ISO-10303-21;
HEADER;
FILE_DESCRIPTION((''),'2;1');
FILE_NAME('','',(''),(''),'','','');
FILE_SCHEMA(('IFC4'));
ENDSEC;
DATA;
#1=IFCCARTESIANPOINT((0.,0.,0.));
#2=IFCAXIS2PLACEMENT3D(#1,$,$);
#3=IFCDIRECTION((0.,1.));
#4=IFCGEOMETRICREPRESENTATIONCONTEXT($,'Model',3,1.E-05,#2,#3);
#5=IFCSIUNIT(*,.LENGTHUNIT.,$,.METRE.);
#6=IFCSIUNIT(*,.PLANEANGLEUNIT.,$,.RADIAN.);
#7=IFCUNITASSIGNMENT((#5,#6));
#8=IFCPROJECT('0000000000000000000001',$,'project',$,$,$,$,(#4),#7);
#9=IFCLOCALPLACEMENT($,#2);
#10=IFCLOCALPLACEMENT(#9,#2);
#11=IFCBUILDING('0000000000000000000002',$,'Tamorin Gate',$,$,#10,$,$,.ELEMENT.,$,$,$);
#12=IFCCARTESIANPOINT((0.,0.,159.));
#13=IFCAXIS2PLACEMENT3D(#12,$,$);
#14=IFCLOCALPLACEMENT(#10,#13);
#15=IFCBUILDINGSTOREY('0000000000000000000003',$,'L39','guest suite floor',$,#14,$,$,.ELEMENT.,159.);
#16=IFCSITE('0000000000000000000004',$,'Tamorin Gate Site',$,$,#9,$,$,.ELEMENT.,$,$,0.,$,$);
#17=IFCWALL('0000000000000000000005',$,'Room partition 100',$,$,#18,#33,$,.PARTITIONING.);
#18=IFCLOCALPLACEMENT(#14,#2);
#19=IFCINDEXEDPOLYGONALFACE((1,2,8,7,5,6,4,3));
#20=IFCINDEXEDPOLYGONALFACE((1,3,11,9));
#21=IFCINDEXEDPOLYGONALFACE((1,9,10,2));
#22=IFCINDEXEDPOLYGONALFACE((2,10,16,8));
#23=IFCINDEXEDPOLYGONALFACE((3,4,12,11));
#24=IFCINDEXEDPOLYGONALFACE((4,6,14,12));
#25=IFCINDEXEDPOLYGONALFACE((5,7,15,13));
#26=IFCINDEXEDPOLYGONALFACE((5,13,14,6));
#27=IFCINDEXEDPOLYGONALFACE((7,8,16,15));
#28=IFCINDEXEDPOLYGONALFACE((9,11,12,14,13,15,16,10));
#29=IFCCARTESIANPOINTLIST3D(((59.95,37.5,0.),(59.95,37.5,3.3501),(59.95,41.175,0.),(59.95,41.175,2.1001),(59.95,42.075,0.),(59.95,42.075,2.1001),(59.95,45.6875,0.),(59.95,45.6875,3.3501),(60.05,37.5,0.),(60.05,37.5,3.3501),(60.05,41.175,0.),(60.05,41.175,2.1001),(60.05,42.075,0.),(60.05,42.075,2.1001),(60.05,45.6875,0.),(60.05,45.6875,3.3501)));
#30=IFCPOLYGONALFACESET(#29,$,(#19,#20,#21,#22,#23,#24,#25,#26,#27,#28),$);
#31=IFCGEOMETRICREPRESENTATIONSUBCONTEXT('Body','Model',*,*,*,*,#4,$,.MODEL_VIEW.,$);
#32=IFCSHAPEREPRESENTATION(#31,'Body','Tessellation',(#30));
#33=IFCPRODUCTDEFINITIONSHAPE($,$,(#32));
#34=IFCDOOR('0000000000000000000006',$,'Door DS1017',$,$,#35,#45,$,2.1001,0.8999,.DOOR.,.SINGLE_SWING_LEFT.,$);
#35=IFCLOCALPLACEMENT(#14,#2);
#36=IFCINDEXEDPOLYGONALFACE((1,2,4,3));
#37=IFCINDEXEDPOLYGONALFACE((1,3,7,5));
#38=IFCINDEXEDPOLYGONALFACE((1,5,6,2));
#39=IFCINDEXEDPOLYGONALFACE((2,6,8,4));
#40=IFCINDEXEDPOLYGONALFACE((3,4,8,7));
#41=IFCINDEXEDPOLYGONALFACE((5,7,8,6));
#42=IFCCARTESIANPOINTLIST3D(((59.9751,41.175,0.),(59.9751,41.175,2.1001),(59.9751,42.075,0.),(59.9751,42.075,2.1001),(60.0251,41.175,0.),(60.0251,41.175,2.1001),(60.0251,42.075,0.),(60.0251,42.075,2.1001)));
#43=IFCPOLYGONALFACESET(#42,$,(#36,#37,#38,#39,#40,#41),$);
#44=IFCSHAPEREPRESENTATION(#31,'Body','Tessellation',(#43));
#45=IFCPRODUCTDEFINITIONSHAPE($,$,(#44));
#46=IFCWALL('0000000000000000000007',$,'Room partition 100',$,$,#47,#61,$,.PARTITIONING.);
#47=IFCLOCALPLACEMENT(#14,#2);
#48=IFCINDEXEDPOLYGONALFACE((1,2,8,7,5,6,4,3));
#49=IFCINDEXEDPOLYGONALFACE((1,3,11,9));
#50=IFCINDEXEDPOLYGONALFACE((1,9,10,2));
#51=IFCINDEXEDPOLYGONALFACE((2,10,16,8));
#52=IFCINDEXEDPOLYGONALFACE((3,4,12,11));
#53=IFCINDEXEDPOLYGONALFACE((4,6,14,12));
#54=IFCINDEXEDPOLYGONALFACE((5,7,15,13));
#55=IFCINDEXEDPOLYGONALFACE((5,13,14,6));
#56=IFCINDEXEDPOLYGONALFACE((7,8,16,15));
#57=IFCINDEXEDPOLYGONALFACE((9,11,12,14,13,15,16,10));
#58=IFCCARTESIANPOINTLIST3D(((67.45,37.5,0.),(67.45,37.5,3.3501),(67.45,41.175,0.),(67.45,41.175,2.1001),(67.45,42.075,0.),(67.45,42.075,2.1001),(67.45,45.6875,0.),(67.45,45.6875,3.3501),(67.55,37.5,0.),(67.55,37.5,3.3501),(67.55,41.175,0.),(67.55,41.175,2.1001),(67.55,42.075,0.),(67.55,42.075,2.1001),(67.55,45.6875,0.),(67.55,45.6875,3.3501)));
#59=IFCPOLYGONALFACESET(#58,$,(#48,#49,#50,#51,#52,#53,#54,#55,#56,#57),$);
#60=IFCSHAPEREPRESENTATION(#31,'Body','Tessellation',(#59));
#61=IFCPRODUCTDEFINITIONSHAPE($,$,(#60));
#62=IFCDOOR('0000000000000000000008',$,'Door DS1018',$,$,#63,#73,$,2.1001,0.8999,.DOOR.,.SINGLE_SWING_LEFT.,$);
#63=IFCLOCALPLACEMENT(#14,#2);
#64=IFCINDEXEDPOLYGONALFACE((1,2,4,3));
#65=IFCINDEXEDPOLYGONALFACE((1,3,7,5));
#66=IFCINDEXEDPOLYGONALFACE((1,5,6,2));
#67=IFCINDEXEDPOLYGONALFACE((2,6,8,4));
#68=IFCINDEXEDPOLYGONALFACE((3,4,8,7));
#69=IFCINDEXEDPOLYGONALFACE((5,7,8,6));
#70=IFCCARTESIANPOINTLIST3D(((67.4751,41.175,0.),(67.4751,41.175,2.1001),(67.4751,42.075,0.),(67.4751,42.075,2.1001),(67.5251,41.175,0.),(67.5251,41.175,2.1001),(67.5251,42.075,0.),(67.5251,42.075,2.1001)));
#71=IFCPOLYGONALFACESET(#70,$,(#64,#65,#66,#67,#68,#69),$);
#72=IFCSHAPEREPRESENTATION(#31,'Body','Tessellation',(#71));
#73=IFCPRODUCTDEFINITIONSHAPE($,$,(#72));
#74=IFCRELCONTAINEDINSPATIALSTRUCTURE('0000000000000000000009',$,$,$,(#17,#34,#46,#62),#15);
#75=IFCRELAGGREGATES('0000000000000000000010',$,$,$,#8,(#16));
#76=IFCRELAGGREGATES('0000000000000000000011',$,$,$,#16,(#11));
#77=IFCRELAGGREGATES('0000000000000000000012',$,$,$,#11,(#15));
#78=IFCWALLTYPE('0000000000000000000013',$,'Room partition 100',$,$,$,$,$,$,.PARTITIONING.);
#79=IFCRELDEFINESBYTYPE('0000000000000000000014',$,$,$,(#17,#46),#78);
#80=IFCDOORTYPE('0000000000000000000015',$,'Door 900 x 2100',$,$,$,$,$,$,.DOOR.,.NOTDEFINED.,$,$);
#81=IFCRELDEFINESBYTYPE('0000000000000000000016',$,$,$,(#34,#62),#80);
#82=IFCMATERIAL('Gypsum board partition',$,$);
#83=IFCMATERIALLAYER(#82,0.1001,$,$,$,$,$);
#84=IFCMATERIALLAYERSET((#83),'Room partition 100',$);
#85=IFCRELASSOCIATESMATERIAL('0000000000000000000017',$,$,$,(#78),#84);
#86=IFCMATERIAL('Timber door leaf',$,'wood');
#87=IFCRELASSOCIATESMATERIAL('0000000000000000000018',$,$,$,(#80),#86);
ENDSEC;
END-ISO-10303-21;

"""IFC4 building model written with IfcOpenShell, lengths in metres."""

from ifc_helpers import new_model, si_unit, direction, frame, frame_2d, origin, place, context, subcontext, project, spatial, rectangle, extrude, material, layer, layer_set, type_object, element, fill, save


model = new_model("IFC4")

# Units and contexts
model_context = context("Model", 3, precision=1e-05, world=origin(), true_north=direction((0.0, 1.0)))
body_context = subcontext(model_context, "Body", "Model", "MODEL_VIEW")
ifc_project = project(units=[si_unit("LENGTHUNIT", "METRE"), si_unit("PLANEANGLEUNIT", "RADIAN")], contexts=[model_context])

# Site, building, storey
site_placement = place(None, origin())
site = spatial("IfcSite", under=ifc_project, at=site_placement, Name="Tamorin Gate Site", CompositionType="ELEMENT", RefElevation=0.0)
building_placement = place(site_placement, origin())
building = spatial("IfcBuilding", under=site, at=building_placement, Name="Tamorin Gate", CompositionType="ELEMENT")
storey_placement = place(building_placement, frame((0.0, 0.0, 159.0)))
storey = spatial("IfcBuildingStorey", under=building, at=storey_placement, Name="L39", Description="guest suite floor", CompositionType="ELEMENT", Elevation=159.0)

# Shared definitions
ifc_material_1 = material(Name="Gypsum board partition")

# Walls, openings, doors
ifc_layer_1 = layer(ifc_material_1, 0.1001)
ifc_layer_set_1 = layer_set([ifc_layer_1], Name="Room partition 100")
wall_type_1 = type_object("IfcWallType", Name="Room partition 100", PredefinedType="PARTITIONING", material=ifc_layer_set_1)
wall_1_placement = place(storey_placement, frame((60.0, 37.5, 0.0), z_axis=(0.0, 0.0, 1.0), x_axis=(0.0, 1.0, 0.0)))
wall_1 = element("IfcWall", 1, at=wall_1_placement, inside=storey, type_object=wall_type_1, Name="Room partition 100", PredefinedType="PARTITIONING", context=body_context, shape_type="SweptSolid", body=[
    extrude(rectangle(XDim=8.1875, YDim=0.1001, at=frame_2d((4.0938, 0.0))), origin(), (0.0, 0.0, 1.0), 3.3501),
])
opening_1_placement = place(wall_1_placement, frame((3.675, 0.0, 0.0)))
opening_1 = element("IfcOpeningElement", 2, at=opening_1_placement, cuts=wall_1, PredefinedType="OPENING", context=body_context, shape_type="SweptSolid", body=[
    extrude(rectangle(XDim=0.8999, YDim=2.1001, at=frame_2d((0.45, 1.05))), frame((0.0, 0.0601, 0.0), z_axis=(0.0, -1.0, 0.0), x_axis=(1.0, 0.0, 0.0)), (0.0, 0.0, 1.0), 0.1201),
])
ifc_material_2 = material(Name="Timber door leaf", Category="wood")
door_type = type_object("IfcDoorType", Name="Door 900 x 2100", OperationType="NOTDEFINED", PredefinedType="DOOR", material=ifc_material_2)
door_1_placement = place(opening_1_placement, origin())
door_1 = element("IfcDoor", 3, at=door_1_placement, inside=storey, type_object=door_type, Name="Door DS1017", OperationType="SINGLE_SWING_LEFT", OverallHeight=2.1001, OverallWidth=0.8999, PredefinedType="DOOR", context=body_context, shape_type="SweptSolid", body=[
    extrude(rectangle(XDim=0.8999, YDim=2.1001, at=frame_2d((0.45, 1.05))), frame((0.0, 0.0249, 0.0), z_axis=(0.0, -1.0, 0.0), x_axis=(1.0, 0.0, 0.0)), (0.0, 0.0, 1.0), 0.05),
])
fill(opening_1, door_1)
wall_2_placement = place(storey_placement, frame((67.5, 37.5, 0.0), z_axis=(0.0, 0.0, 1.0), x_axis=(0.0, 1.0, 0.0)))
wall_2 = element("IfcWall", 4, at=wall_2_placement, inside=storey, type_object=wall_type_1, Name="Room partition 100", PredefinedType="PARTITIONING", context=body_context, shape_type="SweptSolid", body=[
    extrude(rectangle(XDim=8.1875, YDim=0.1001, at=frame_2d((4.0938, 0.0))), origin(), (0.0, 0.0, 1.0), 3.3501),
])
opening_2_placement = place(wall_2_placement, frame((3.675, 0.0, 0.0)))
opening_2 = element("IfcOpeningElement", 5, at=opening_2_placement, cuts=wall_2, PredefinedType="OPENING", context=body_context, shape_type="SweptSolid", body=[
    extrude(rectangle(XDim=0.8999, YDim=2.1001, at=frame_2d((0.45, 1.05))), frame((0.0, 0.0601, 0.0), z_axis=(0.0, -1.0, 0.0), x_axis=(1.0, 0.0, 0.0)), (0.0, 0.0, 1.0), 0.1201),
])
door_2_placement = place(opening_2_placement, origin())
door_2 = element("IfcDoor", 6, at=door_2_placement, inside=storey, type_object=door_type, Name="Door DS1018", OperationType="SINGLE_SWING_LEFT", OverallHeight=2.1001, OverallWidth=0.8999, PredefinedType="DOOR", context=body_context, shape_type="SweptSolid", body=[
    extrude(rectangle(XDim=0.8999, YDim=2.1001, at=frame_2d((0.45, 1.05))), frame((0.0, 0.0249, 0.0), z_axis=(0.0, -1.0, 0.0), x_axis=(1.0, 0.0, 0.0)), (0.0, 0.0, 1.0), 0.05),
])
fill(opening_2, door_2)

save(model, "model.ifc")
